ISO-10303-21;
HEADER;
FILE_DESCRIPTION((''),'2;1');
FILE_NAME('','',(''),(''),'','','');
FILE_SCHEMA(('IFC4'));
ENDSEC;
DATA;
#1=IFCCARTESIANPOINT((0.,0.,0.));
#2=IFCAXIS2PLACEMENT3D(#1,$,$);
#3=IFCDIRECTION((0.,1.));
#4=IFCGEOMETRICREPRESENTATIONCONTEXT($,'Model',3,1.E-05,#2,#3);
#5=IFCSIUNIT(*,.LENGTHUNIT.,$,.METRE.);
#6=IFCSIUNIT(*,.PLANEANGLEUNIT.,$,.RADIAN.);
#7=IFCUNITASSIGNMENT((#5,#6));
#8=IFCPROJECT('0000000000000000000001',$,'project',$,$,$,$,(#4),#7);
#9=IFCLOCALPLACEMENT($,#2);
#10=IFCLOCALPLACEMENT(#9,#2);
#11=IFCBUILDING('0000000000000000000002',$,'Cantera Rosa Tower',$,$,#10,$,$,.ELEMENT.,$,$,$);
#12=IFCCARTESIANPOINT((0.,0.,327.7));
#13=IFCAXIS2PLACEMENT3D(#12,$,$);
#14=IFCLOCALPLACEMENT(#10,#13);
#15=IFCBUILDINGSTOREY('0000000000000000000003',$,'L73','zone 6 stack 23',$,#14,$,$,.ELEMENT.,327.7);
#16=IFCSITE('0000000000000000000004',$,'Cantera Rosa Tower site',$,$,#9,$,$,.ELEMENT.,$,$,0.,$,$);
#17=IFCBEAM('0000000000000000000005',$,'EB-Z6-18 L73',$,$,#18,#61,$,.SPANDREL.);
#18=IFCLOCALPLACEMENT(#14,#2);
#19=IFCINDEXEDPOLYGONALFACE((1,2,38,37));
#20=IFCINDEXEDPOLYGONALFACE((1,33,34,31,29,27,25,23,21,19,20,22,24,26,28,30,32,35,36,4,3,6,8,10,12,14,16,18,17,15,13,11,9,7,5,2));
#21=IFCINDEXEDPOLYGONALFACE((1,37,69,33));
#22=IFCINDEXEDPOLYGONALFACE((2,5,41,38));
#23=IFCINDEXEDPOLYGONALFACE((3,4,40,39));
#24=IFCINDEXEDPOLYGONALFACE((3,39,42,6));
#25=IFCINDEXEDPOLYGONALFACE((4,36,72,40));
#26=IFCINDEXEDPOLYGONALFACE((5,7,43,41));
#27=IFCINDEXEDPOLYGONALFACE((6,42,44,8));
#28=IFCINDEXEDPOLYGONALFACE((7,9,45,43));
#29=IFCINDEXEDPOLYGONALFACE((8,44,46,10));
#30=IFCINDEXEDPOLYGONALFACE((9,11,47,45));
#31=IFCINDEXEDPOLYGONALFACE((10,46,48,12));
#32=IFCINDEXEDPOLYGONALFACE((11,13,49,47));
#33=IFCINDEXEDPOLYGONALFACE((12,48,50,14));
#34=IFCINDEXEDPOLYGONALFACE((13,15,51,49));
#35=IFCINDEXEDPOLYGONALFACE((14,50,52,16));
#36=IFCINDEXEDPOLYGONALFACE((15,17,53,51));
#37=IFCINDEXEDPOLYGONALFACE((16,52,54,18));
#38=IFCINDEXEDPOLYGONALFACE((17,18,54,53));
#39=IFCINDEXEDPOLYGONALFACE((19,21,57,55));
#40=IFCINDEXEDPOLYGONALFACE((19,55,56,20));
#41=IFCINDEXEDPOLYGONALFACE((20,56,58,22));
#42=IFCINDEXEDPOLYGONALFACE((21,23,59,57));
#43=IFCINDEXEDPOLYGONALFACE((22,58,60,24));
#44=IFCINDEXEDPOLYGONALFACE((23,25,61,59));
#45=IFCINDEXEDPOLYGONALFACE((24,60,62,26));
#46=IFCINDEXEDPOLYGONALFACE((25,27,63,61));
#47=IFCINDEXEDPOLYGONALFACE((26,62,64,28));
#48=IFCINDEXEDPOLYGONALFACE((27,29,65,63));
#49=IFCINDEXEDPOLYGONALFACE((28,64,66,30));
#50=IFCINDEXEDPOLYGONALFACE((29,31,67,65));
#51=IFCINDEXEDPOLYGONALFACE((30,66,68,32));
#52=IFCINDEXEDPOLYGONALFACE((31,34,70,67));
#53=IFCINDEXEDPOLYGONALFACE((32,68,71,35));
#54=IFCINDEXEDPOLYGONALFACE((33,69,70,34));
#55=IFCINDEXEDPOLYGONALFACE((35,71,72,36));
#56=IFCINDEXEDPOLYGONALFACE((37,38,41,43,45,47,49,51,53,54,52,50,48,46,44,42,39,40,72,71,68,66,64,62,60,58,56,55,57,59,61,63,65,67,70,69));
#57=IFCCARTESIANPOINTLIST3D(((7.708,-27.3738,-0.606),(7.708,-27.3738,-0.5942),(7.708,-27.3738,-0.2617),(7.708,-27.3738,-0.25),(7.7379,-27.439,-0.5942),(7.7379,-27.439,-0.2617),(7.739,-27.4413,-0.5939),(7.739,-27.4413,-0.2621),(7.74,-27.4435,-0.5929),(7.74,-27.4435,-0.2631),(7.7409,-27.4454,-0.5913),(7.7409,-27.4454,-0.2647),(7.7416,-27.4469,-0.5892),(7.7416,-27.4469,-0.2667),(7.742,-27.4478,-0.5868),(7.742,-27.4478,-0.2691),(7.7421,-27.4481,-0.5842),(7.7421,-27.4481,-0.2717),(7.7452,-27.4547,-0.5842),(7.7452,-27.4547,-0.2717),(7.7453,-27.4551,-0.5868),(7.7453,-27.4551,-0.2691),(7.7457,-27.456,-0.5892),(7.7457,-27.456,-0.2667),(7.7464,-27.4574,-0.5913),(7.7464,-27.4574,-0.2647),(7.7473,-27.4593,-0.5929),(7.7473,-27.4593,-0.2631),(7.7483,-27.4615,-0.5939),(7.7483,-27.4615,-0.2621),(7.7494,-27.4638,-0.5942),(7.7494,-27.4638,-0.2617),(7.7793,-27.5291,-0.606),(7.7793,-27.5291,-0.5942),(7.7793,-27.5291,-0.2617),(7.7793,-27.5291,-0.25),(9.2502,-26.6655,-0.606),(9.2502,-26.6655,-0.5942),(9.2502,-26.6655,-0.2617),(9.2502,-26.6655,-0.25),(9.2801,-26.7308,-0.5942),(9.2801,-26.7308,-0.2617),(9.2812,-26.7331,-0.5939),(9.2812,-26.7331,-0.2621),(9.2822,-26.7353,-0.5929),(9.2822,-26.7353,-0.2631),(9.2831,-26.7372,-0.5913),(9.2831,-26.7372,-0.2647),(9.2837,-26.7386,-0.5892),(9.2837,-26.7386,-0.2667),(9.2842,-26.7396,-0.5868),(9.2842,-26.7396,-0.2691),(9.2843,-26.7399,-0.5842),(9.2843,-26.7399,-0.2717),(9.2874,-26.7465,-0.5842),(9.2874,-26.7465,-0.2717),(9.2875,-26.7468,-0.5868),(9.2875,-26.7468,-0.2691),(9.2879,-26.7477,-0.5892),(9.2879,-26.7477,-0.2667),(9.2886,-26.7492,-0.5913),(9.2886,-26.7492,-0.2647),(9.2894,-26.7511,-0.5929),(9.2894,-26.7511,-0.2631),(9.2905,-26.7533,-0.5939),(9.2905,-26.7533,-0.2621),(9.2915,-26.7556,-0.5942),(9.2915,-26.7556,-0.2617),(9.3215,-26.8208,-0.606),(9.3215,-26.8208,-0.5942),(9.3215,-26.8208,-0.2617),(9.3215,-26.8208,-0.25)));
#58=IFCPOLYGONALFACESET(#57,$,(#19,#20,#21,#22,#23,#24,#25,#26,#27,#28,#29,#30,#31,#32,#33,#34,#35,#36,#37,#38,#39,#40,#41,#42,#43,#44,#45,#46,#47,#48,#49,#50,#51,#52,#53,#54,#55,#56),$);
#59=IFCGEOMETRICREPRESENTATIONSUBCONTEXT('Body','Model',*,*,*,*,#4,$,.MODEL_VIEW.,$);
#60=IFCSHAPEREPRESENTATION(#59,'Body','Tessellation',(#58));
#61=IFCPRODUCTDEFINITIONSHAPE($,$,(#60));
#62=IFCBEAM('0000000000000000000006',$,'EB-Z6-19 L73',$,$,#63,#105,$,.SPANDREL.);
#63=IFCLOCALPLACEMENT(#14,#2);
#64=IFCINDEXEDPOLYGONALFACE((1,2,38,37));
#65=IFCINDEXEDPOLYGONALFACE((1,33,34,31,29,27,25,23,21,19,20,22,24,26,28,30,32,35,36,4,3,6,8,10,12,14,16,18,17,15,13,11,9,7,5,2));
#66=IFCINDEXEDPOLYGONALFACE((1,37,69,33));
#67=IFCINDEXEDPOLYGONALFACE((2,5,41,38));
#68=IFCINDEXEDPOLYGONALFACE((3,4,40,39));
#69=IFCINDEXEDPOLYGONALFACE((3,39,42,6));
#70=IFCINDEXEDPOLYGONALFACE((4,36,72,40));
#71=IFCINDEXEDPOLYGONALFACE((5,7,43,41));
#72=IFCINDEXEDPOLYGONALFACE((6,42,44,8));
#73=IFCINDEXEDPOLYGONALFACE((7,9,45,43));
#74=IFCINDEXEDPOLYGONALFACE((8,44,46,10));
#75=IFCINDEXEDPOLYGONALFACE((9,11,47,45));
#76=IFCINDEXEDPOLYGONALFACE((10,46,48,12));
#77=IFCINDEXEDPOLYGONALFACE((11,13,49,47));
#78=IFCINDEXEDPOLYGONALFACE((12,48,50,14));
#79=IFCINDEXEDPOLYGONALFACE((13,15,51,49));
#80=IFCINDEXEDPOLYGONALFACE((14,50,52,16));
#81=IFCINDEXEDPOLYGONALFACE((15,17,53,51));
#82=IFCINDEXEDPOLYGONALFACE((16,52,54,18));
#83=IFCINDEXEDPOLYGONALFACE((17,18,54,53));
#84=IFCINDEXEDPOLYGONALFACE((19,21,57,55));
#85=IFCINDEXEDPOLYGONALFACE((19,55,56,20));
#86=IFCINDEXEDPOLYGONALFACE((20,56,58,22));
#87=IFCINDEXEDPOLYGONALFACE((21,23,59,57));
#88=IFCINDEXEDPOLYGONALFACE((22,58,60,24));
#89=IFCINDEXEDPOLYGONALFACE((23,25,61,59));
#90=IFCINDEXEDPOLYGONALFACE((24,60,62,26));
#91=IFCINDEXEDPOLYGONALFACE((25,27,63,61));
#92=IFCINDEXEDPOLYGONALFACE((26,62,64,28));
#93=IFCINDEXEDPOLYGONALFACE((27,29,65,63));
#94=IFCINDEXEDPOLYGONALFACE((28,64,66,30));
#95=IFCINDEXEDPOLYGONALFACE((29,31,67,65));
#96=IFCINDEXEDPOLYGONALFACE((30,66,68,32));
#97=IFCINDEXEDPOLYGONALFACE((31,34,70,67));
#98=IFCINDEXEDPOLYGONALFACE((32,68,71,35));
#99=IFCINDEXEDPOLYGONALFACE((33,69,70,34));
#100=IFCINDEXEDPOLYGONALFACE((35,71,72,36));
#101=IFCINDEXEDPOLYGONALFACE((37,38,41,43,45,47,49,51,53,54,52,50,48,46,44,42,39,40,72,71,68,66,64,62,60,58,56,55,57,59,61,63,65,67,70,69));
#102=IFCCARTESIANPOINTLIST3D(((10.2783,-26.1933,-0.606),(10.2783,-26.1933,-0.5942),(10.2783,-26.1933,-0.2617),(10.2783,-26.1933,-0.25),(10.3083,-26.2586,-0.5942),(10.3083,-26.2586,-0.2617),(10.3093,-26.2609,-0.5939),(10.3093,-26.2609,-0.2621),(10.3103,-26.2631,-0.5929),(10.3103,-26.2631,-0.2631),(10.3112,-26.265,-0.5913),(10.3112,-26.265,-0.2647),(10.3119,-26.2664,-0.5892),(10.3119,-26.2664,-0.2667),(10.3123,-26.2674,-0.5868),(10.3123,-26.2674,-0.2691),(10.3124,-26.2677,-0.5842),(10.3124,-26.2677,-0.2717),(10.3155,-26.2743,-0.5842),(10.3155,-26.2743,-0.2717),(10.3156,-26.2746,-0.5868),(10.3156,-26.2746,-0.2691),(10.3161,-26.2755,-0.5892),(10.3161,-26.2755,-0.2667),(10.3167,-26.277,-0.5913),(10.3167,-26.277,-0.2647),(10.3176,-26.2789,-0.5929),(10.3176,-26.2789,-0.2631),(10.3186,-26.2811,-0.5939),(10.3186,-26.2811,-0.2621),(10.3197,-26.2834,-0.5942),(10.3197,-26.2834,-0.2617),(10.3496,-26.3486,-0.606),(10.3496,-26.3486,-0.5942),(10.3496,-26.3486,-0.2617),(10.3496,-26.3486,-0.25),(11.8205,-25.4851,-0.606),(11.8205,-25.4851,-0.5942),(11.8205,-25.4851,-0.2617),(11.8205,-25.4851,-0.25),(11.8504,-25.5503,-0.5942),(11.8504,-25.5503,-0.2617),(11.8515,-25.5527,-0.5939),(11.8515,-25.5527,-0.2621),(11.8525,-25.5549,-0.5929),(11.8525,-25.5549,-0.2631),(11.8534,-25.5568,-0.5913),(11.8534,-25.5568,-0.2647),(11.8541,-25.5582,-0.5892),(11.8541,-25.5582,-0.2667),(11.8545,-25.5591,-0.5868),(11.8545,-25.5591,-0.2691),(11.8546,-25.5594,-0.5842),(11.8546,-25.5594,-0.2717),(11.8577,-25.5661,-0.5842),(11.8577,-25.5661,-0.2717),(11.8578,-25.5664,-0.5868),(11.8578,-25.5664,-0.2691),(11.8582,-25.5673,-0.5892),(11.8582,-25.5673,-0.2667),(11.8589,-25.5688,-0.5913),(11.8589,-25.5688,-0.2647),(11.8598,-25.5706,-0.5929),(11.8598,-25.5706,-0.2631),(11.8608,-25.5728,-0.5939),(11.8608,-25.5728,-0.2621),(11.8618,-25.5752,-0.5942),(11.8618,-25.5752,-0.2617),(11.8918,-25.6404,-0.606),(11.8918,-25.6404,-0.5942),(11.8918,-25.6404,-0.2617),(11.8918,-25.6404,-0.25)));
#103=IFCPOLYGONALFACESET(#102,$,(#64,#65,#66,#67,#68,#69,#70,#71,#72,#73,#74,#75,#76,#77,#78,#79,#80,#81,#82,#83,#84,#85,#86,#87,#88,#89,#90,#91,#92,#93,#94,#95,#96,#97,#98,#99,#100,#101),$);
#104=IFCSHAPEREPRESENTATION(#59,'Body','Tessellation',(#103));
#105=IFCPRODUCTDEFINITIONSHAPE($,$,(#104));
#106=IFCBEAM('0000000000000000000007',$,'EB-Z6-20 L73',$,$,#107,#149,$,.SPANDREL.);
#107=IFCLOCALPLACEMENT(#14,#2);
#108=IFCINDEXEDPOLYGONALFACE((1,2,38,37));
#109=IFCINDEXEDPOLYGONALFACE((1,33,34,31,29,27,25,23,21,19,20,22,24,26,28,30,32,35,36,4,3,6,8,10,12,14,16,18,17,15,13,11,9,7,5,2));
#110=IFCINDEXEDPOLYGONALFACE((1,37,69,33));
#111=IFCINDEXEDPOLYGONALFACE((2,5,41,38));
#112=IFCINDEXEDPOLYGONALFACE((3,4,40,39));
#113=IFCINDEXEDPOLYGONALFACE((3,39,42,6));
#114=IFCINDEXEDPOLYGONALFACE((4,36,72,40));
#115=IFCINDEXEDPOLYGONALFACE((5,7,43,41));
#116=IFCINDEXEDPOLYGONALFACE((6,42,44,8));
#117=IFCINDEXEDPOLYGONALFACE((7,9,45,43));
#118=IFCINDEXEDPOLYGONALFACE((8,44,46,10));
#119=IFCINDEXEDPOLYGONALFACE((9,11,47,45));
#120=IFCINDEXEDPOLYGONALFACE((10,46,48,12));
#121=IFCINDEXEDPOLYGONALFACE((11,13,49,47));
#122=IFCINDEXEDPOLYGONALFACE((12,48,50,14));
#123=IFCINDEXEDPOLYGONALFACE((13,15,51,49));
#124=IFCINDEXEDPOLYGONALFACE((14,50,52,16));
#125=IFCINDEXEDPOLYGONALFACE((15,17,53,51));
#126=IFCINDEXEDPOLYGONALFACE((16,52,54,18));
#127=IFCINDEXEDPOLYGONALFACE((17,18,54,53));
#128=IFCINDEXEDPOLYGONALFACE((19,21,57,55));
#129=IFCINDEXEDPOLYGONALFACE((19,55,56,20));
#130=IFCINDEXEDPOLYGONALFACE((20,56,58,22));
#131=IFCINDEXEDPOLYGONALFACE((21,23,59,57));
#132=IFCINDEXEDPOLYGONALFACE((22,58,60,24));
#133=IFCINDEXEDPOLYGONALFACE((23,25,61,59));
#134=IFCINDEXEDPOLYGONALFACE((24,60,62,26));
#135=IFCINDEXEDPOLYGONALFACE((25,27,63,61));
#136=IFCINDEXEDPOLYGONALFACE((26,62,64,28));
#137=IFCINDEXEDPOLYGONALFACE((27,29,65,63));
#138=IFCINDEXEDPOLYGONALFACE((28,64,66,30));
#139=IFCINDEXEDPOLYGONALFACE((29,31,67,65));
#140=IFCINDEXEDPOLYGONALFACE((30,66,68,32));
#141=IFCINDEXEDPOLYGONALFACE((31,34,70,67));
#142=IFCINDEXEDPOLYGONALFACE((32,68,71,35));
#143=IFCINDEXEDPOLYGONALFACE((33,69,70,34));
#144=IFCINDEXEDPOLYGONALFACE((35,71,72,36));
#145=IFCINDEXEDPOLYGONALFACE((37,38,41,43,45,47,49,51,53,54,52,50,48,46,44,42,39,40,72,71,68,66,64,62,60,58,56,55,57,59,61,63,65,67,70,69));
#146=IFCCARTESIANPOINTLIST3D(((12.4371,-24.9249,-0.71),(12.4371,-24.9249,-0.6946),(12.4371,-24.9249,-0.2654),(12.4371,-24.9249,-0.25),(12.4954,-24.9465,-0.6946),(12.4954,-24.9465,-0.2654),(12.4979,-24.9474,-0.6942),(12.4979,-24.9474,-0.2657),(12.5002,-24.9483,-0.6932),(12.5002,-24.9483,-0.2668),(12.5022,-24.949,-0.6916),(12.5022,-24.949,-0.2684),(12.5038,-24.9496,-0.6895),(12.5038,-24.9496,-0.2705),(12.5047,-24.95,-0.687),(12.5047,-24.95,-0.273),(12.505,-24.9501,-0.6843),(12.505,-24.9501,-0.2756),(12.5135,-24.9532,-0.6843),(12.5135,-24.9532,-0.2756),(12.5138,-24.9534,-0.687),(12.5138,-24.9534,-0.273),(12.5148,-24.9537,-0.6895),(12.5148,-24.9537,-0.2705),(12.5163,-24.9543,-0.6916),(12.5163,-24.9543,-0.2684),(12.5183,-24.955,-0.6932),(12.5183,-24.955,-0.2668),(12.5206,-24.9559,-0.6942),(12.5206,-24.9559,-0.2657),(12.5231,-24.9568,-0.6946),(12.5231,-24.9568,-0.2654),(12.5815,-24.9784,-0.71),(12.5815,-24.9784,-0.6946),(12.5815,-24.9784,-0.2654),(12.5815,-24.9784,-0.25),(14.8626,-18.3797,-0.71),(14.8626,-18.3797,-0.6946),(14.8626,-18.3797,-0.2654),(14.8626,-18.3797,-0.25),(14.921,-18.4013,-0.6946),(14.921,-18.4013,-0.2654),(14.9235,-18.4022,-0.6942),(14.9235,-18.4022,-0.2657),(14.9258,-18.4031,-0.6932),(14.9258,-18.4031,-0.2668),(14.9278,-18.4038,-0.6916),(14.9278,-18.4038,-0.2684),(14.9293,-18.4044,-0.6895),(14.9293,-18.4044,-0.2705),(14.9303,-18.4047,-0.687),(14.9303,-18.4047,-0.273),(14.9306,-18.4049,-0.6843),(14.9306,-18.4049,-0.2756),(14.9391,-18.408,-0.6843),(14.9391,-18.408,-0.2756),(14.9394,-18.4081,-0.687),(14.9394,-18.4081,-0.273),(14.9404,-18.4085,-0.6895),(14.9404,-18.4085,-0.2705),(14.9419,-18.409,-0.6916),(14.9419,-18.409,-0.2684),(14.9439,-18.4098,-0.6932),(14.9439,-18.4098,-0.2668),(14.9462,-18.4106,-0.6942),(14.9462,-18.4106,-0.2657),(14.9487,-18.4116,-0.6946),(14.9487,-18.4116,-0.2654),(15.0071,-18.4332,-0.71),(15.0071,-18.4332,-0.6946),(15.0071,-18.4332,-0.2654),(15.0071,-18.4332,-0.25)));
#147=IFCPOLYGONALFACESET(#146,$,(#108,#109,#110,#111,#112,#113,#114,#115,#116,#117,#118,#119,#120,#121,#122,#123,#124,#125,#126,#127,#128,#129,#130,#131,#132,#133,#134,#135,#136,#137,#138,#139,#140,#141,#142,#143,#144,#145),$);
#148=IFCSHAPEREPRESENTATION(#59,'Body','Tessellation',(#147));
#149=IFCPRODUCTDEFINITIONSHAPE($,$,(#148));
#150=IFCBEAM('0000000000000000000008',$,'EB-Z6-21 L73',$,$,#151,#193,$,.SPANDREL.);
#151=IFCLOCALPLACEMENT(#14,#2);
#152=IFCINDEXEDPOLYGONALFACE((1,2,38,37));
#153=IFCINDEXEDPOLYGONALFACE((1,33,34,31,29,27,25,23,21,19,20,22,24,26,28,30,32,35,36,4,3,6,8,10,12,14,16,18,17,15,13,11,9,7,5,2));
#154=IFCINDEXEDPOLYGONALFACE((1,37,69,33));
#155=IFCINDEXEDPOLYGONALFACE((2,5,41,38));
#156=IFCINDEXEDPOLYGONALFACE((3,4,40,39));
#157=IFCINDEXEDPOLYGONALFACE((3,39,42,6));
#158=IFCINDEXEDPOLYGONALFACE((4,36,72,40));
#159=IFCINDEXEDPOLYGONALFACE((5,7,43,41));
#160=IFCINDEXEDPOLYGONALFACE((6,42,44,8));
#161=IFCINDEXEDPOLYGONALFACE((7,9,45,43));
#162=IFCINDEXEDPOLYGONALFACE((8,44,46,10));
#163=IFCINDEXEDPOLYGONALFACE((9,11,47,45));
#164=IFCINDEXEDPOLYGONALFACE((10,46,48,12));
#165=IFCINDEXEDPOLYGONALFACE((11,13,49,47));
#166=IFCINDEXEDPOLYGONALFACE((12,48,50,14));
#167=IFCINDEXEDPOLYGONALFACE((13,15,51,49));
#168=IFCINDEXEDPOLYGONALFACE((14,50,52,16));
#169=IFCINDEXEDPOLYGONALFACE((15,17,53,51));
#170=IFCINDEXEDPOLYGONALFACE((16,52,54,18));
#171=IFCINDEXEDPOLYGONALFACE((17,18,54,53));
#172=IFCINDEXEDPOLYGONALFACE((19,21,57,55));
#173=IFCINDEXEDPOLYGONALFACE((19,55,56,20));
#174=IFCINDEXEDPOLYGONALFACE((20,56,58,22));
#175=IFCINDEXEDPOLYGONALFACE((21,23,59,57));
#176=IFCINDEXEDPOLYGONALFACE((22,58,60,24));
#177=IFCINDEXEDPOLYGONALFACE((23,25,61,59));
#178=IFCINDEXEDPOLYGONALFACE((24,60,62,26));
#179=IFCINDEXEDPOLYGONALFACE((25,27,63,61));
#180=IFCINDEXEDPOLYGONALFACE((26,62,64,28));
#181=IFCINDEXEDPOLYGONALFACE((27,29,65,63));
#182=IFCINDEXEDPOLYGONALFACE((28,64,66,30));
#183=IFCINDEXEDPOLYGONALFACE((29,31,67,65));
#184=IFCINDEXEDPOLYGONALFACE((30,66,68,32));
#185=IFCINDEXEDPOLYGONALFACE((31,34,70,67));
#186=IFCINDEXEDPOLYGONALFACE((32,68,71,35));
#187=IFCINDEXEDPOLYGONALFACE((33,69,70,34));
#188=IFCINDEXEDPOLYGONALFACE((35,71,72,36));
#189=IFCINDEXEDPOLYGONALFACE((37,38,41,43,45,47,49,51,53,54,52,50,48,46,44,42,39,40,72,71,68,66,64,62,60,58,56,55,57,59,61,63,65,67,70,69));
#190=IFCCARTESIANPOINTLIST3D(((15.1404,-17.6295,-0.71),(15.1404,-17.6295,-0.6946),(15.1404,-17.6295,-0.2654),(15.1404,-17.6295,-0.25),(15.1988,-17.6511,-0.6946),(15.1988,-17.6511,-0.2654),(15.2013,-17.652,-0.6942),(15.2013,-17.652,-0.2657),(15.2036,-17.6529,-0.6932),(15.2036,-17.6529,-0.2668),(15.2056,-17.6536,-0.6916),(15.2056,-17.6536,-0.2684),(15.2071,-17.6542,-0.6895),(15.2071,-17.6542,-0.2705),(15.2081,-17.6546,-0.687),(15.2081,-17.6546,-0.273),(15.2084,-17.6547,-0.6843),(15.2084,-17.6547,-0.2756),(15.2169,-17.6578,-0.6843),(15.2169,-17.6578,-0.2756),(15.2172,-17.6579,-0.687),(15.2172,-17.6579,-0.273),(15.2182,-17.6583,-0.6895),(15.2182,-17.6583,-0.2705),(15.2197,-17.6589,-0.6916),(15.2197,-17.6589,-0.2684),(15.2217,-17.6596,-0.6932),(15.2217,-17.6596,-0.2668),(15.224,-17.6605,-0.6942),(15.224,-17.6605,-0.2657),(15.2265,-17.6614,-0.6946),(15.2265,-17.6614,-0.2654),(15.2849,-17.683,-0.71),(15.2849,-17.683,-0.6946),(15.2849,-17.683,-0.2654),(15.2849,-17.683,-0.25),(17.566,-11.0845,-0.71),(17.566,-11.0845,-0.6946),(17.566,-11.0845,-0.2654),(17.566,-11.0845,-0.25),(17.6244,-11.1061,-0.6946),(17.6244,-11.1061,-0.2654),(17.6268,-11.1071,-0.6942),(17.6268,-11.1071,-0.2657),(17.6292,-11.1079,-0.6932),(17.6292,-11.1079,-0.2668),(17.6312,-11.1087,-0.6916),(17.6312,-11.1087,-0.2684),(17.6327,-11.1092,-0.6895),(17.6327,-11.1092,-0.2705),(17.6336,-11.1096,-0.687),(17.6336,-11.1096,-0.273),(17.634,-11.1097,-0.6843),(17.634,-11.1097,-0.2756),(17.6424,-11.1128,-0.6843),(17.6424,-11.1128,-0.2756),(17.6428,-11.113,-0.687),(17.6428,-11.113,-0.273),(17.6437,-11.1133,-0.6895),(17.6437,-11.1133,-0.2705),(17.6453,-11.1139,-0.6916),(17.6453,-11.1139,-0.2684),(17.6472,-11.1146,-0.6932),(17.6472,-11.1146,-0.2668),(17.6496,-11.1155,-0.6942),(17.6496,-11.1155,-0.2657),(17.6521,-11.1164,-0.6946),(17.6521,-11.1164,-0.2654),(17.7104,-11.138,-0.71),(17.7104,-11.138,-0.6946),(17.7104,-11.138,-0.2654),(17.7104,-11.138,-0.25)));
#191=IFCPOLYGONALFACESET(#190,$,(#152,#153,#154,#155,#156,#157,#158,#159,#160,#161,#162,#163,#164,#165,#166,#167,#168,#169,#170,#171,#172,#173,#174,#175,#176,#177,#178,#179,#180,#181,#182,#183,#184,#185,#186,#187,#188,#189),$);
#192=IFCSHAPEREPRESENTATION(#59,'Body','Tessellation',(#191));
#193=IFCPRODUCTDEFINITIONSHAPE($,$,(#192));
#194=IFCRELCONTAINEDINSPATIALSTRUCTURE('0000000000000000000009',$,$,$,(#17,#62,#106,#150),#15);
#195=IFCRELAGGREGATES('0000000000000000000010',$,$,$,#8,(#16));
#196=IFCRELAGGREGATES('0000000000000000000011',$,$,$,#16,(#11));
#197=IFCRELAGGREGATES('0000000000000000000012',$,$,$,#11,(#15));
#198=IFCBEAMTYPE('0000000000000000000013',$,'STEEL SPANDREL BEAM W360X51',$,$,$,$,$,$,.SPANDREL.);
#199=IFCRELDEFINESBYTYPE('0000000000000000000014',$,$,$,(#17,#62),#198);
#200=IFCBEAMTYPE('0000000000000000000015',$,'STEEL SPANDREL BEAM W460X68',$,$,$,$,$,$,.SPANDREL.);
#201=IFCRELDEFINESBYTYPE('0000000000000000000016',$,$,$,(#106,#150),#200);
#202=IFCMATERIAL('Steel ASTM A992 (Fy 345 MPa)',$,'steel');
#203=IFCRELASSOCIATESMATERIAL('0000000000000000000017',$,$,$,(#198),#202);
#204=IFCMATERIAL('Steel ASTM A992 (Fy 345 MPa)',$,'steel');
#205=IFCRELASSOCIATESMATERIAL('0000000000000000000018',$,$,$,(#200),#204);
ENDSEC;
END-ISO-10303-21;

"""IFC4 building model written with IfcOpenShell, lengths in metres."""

from ifc_helpers import new_model, si_unit, direction, frame, origin, origin_2d, place, context, subcontext, project, spatial, i_section, extrude, material, material_profile, profile_set, type_object, element, save


model = new_model("IFC4")

# Units and contexts
model_context = context("Model", 3, precision=1e-05, world=origin(), true_north=direction((0.0, 1.0)))
body_context = subcontext(model_context, "Body", "Model", "MODEL_VIEW")
ifc_project = project(units=[si_unit("LENGTHUNIT", "METRE"), si_unit("PLANEANGLEUNIT", "RADIAN")], contexts=[model_context])

# Site, building, storey
site_placement = place(None, origin())
site = spatial("IfcSite", under=ifc_project, at=site_placement, Name="Cantera Rosa Tower site", CompositionType="ELEMENT", RefElevation=0.0)
building_placement = place(site_placement, origin())
building = spatial("IfcBuilding", under=site, at=building_placement, Name="Cantera Rosa Tower", CompositionType="ELEMENT")
storey_placement = place(building_placement, frame((0.0, 0.0, 327.7)))
storey = spatial("IfcBuildingStorey", under=building, at=storey_placement, Name="L73", Description="zone 6 stack 23", CompositionType="ELEMENT", Elevation=327.7)

# Beams
ifc_material_1 = material(Name="Steel ASTM A992 (Fy 345 MPa)", Category="steel")
ifc_material_profile_1 = material_profile(ifc_material_1, i_section(OverallWidth=0.1709, OverallDepth=0.356, WebThickness=0.0073, FlangeThickness=0.0117, FilletRadius=0.01, at=origin_2d()), Name="W360X51")
ifc_profile_set_1 = profile_set([ifc_material_profile_1], Name="Steel ASTM A992 (Fy 345 MPa)")
beam_type_1 = type_object("IfcBeamType", Name="STEEL SPANDREL BEAM W360X51", PredefinedType="SPANDREL", material=ifc_profile_set_1)
for number, where, z_axis, x_axis, name in (
    (1, (7.7437, -27.4514, -0.428), (0.908754, 0.417333, 0.0), (-0.417333, 0.908754, 0.0), "EB-Z6-18 L73"),
    (2, (10.314, -26.271, -0.428), (0.908754, 0.417333, 0.0), (-0.417333, 0.908754, 0.0), "EB-Z6-19 L73"),
):
    element("IfcBeam", number, at=place(storey_placement, frame(where, z_axis=z_axis, x_axis=x_axis)), inside=storey, type_object=beam_type_1, Name=name, PredefinedType="SPANDREL", context=body_context, shape_type="SweptSolid", body=[
        extrude(i_section(OverallWidth=0.1709, OverallDepth=0.356, WebThickness=0.0073, FlangeThickness=0.0117, FilletRadius=0.01, at=origin_2d()), origin(), (0.0, 0.0, 1.0), 1.697),
    ])
ifc_material_2 = material(Name="Steel ASTM A992 (Fy 345 MPa)", Category="steel")
ifc_material_profile_2 = material_profile(ifc_material_2, i_section(OverallWidth=0.1541, OverallDepth=0.46, WebThickness=0.009, FlangeThickness=0.0154, FilletRadius=0.0103, at=origin_2d()), Name="W460X68")
ifc_profile_set_2 = profile_set([ifc_material_profile_2], Name="Steel ASTM A992 (Fy 345 MPa)")
beam_type_2 = type_object("IfcBeamType", Name="STEEL SPANDREL BEAM W460X68", PredefinedType="SPANDREL", material=ifc_profile_set_2)
beam_1_placement = place(storey_placement, frame((12.5093, -24.9517, -0.48), z_axis=(0.347491, 0.937683, 0.0), x_axis=(-0.937683, 0.347491, 0.0)))
element("IfcBeam", 3, at=beam_1_placement, inside=storey, type_object=beam_type_2, Name="EB-Z6-20 L73", PredefinedType="SPANDREL", context=body_context, shape_type="SweptSolid", body=[
    extrude(i_section(OverallWidth=0.1541, OverallDepth=0.46, WebThickness=0.009, FlangeThickness=0.0154, FilletRadius=0.0103, at=origin_2d()), origin(), (0.0, 0.0, 1.0), 6.9802),
])
beam_2_placement = place(storey_placement, frame((15.2126, -17.6562, -0.48), z_axis=(0.347502, 0.937679, 0.0), x_axis=(-0.937679, 0.347502, 0.0)))
element("IfcBeam", 4, at=beam_2_placement, inside=storey, type_object=beam_type_2, Name="EB-Z6-21 L73", PredefinedType="SPANDREL", context=body_context, shape_type="SweptSolid", body=[
    extrude(i_section(OverallWidth=0.1541, OverallDepth=0.46, WebThickness=0.009, FlangeThickness=0.0154, FilletRadius=0.0103, at=origin_2d()), origin(), (0.0, 0.0, 1.0), 6.98),
])

save(model, "model.ifc")
